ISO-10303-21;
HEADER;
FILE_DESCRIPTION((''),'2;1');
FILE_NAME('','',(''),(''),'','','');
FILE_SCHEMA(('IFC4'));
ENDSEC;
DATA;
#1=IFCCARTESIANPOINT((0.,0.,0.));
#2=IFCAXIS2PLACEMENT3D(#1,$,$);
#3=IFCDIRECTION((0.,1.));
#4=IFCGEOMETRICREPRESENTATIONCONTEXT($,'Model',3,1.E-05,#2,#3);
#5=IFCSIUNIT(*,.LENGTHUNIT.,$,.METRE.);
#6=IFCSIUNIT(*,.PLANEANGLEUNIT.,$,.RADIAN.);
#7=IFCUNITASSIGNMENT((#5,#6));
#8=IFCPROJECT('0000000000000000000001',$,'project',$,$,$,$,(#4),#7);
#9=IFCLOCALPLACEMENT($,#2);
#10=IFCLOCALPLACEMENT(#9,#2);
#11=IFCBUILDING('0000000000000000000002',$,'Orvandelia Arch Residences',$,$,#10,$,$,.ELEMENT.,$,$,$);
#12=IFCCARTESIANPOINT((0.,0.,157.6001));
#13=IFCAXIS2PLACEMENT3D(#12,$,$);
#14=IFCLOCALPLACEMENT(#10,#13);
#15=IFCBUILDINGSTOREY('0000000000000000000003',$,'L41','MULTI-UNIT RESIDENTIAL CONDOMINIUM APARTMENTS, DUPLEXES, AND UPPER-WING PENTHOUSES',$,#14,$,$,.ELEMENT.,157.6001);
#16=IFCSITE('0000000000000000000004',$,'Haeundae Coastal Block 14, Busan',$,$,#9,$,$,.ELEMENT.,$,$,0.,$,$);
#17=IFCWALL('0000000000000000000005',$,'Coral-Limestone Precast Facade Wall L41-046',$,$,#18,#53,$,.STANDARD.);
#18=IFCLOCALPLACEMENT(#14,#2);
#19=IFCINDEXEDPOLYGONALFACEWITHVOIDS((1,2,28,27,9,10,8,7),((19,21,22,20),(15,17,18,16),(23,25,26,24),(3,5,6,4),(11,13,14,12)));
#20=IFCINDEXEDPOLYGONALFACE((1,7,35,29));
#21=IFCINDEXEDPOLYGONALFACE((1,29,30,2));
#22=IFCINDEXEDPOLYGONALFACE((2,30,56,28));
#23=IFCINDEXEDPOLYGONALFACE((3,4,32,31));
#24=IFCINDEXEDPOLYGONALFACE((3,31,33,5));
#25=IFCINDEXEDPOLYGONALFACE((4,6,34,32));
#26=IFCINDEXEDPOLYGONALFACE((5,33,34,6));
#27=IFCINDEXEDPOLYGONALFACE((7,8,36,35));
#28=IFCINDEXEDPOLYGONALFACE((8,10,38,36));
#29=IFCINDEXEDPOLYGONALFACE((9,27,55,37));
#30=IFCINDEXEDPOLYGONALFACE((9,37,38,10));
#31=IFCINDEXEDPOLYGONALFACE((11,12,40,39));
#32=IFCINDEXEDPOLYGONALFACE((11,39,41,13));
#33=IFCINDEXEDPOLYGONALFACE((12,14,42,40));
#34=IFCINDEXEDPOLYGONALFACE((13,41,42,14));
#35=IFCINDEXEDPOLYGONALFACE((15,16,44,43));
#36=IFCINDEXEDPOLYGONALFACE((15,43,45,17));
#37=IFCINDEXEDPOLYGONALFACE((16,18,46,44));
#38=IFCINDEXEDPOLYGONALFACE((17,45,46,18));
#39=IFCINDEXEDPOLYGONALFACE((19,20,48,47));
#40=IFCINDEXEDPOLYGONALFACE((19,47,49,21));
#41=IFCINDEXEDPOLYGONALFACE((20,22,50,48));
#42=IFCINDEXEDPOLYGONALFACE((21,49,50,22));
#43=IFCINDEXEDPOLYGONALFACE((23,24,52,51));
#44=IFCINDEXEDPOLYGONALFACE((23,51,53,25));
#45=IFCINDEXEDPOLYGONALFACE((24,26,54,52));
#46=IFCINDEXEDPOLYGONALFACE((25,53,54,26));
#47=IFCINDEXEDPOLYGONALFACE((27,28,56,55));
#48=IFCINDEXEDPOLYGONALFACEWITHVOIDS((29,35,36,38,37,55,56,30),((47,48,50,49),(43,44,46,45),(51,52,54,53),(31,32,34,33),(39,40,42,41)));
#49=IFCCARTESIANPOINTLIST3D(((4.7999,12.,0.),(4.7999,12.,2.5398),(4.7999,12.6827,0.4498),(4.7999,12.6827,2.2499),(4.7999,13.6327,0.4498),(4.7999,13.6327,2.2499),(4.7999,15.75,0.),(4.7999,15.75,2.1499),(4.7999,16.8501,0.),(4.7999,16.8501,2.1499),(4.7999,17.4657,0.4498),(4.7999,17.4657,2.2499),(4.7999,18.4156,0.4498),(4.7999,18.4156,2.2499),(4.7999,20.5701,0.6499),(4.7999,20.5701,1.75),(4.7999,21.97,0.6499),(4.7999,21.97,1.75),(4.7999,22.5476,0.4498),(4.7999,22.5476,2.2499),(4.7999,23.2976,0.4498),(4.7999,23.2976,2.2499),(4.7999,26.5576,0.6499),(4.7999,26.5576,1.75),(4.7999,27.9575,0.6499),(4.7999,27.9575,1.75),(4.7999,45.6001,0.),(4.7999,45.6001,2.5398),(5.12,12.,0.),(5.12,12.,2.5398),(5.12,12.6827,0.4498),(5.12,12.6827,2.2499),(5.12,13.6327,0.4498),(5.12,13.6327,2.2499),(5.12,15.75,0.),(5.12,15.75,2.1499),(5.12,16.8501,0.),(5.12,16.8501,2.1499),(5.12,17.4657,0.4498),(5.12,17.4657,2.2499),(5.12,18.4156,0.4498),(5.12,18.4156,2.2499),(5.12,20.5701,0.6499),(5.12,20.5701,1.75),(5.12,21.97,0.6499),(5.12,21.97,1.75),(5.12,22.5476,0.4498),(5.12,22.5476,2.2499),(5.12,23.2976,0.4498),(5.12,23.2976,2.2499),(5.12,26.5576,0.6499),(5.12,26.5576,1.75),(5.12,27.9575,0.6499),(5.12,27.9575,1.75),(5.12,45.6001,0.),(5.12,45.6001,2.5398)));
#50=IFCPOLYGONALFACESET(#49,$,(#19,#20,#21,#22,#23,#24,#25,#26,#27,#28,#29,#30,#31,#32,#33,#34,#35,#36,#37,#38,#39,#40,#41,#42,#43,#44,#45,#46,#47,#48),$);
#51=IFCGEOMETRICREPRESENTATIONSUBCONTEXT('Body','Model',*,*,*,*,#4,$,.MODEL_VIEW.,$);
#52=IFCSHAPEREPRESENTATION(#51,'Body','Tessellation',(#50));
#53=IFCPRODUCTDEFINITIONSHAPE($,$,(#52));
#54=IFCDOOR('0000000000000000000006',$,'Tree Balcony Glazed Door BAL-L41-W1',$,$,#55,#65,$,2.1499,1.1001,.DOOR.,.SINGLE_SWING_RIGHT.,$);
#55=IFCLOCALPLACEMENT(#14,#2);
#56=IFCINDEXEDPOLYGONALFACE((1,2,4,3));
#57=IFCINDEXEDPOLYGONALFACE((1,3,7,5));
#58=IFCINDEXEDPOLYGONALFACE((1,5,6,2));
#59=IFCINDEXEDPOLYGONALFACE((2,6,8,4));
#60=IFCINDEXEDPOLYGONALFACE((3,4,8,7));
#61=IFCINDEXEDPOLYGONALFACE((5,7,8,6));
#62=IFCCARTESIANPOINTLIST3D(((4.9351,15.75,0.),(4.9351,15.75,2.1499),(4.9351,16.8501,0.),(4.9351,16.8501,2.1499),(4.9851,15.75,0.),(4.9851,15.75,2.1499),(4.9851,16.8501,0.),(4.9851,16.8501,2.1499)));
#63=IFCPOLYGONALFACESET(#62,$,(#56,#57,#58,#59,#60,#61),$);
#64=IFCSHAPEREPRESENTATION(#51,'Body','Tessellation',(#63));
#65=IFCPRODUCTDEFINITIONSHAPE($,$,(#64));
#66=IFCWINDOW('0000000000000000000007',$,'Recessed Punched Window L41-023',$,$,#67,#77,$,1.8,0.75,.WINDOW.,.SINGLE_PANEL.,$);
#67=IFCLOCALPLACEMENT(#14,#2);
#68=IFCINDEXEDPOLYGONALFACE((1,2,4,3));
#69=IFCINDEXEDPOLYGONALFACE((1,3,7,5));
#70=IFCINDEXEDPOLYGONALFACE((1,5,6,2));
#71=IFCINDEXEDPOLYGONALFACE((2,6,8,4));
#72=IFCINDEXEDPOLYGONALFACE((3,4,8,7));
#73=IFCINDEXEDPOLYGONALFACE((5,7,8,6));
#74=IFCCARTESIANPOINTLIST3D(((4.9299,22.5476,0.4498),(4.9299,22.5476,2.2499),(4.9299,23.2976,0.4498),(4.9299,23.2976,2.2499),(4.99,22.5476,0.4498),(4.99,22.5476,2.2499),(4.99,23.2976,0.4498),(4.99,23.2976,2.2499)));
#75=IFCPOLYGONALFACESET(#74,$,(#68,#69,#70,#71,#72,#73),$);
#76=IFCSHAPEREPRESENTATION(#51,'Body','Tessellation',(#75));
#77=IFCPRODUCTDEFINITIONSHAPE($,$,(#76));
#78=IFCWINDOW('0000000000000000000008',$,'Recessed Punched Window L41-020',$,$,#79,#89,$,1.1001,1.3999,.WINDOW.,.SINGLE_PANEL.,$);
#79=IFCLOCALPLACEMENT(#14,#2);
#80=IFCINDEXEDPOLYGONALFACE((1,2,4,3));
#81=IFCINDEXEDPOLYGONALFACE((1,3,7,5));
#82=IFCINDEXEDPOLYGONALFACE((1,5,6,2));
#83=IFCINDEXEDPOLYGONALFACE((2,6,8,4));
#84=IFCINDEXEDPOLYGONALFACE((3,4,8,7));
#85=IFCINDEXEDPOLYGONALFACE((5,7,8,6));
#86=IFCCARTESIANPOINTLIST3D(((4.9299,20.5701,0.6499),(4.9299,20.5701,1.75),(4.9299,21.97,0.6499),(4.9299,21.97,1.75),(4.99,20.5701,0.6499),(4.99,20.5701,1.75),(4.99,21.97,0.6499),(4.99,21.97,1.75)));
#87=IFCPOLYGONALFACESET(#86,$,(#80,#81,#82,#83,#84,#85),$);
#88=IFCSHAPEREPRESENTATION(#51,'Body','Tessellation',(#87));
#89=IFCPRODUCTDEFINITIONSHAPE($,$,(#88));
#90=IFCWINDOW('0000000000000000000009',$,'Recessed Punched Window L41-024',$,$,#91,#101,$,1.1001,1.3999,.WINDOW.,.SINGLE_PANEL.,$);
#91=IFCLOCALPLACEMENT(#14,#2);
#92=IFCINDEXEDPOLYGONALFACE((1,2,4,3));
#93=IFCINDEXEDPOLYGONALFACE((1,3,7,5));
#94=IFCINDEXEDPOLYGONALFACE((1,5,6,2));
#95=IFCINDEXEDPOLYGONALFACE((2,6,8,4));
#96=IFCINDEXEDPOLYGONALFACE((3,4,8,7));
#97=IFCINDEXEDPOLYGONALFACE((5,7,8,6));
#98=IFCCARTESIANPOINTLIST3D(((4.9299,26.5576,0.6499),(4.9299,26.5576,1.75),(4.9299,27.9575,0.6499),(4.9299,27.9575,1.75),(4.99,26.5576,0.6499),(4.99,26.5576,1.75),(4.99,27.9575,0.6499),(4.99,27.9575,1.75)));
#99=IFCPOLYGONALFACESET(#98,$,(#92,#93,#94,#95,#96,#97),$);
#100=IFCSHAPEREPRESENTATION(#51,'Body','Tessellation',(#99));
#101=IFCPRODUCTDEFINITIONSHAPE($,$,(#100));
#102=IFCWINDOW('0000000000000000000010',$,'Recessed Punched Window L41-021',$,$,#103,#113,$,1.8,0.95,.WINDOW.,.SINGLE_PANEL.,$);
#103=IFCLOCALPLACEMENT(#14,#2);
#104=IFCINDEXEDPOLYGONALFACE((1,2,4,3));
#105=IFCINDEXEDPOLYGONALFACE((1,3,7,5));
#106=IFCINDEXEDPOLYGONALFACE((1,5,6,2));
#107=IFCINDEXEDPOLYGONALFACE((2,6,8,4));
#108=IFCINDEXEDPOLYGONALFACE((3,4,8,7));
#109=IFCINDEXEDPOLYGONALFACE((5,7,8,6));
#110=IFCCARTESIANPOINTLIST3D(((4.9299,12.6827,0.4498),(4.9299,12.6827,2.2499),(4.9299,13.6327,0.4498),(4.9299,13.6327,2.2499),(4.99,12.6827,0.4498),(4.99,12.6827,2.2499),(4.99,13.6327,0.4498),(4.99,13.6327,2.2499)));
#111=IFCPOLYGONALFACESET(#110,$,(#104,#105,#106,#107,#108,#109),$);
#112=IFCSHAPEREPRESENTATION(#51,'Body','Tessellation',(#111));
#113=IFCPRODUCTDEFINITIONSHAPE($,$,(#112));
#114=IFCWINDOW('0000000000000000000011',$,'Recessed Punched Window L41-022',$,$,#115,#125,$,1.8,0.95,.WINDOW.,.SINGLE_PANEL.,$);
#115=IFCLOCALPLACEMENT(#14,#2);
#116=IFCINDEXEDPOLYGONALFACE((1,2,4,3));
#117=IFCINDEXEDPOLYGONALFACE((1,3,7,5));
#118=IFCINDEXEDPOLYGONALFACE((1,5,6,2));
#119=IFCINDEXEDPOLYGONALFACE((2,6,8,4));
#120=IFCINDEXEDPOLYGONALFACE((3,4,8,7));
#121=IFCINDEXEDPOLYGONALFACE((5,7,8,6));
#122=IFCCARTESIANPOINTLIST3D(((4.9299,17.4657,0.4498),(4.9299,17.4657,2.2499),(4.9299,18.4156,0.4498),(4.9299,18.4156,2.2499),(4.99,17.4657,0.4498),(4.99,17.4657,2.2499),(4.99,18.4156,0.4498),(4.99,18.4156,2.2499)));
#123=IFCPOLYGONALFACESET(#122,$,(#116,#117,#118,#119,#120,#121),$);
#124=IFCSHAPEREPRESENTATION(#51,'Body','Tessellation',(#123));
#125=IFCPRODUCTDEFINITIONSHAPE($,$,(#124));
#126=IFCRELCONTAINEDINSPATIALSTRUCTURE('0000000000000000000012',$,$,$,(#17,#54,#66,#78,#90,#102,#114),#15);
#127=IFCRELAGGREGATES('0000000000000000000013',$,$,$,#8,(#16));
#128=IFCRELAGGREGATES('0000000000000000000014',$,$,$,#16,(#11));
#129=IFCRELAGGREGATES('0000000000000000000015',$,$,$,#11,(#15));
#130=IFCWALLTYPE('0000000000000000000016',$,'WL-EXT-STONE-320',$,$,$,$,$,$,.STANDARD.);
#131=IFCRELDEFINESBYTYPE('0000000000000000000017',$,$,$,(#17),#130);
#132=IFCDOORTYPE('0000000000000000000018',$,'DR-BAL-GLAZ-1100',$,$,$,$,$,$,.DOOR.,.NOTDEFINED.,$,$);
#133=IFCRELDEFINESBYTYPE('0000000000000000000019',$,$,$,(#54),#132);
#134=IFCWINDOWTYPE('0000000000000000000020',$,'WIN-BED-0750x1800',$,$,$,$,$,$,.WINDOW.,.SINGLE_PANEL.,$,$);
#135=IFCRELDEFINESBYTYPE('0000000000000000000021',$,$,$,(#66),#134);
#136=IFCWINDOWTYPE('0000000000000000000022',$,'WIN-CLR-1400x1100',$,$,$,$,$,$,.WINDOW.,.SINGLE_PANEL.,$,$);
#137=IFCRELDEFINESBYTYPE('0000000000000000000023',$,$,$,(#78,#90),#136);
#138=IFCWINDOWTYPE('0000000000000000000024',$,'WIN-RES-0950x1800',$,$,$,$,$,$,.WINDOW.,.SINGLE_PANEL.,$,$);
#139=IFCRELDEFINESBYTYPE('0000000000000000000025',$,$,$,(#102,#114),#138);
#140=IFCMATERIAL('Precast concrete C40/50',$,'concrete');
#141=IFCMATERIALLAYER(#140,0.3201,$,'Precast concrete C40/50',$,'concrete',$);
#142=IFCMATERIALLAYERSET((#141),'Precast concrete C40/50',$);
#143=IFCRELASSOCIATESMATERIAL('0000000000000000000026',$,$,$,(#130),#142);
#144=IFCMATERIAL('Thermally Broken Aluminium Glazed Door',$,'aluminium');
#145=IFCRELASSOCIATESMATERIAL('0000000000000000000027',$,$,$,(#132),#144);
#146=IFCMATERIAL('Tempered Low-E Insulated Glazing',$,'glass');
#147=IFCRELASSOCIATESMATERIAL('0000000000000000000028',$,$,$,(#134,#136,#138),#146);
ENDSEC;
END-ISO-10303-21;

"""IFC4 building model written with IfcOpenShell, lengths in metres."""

from ifc_helpers import new_model, si_unit, direction, frame, frame_2d, origin, place, context, subcontext, project, spatial, rectangle, extrude, material, layer, layer_set, type_object, element, fill, save


model = new_model("IFC4")

# Units and contexts
model_context = context("Model", 3, precision=1e-05, world=origin(), true_north=direction((0.0, 1.0)))
body_context = subcontext(model_context, "Body", "Model", "MODEL_VIEW")
ifc_project = project(units=[si_unit("LENGTHUNIT", "METRE"), si_unit("PLANEANGLEUNIT", "RADIAN")], contexts=[model_context])

# Site, building, storey
site_placement = place(None, origin())
site = spatial("IfcSite", under=ifc_project, at=site_placement, Name="Haeundae Coastal Block 14, Busan", CompositionType="ELEMENT", RefElevation=0.0)
building_placement = place(site_placement, origin())
building = spatial("IfcBuilding", under=site, at=building_placement, Name="Orvandelia Arch Residences", CompositionType="ELEMENT")
storey_placement = place(building_placement, frame((0.0, 0.0, 157.6001)))
storey = spatial("IfcBuildingStorey", under=building, at=storey_placement, Name="L41", Description="MULTI-UNIT RESIDENTIAL CONDOMINIUM APARTMENTS, DUPLEXES, AND UPPER-WING PENTHOUSES", CompositionType="ELEMENT", Elevation=157.6001)

# Shared definitions
ifc_material_1 = material(Name="Precast concrete C40/50", Category="concrete")

# Shared definitions
ifc_layer_1 = layer(ifc_material_1, 0.3201, Name="Precast concrete C40/50", Category="concrete")
ifc_layer_set_1 = layer_set([ifc_layer_1], Name="Precast concrete C40/50")
wall_type_1 = type_object("IfcWallType", Name="WL-EXT-STONE-320", PredefinedType="STANDARD", material=ifc_layer_set_1)

# Wall, openings, door, windows
wall_1_placement = place(storey_placement, frame((4.96, 12.0, 0.0), z_axis=(0.0, 0.0, 1.0), x_axis=(0.0, 1.0, 0.0)))
wall_1 = element("IfcWall", 1, at=wall_1_placement, inside=storey, type_object=wall_type_1, Name="Coral-Limestone Precast Facade Wall L41-046", PredefinedType="STANDARD", context=body_context, shape_type="SweptSolid", body=[
    extrude(rectangle(XDim=33.6001, YDim=0.3201, at=frame_2d((16.8, 0.0))), origin(), (0.0, 0.0, 1.0), 2.5398),
])
opening_1_placement = place(wall_1_placement, frame((3.75, 0.0, 0.0)))
opening_1 = element("IfcOpeningElement", 2, at=opening_1_placement, cuts=wall_1, PredefinedType="OPENING", context=body_context, shape_type="SweptSolid", body=[
    extrude(rectangle(XDim=1.1001, YDim=2.1499, at=frame_2d((0.55, 1.075))), frame((0.0, 0.1699, 0.0), z_axis=(0.0, -1.0, 0.0), x_axis=(1.0, 0.0, 0.0)), (0.0, 0.0, 1.0), 0.3401),
])
opening_2_placement = place(wall_1_placement, frame((8.5701, 0.0, 0.6499)))
opening_2 = element("IfcOpeningElement", 3, at=opening_2_placement, cuts=wall_1, PredefinedType="OPENING", context=body_context, shape_type="SweptSolid", body=[
    extrude(rectangle(XDim=1.3999, YDim=1.1001, at=frame_2d((0.7, 0.55))), frame((0.0, 0.1699, 0.0), z_axis=(0.0, -1.0, 0.0), x_axis=(1.0, 0.0, 0.0)), (0.0, 0.0, 1.0), 0.3401),
])
opening_3_placement = place(wall_1_placement, frame((0.6826, 0.0, 0.45)))
opening_3 = element("IfcOpeningElement", 4, at=opening_3_placement, cuts=wall_1, PredefinedType="OPENING", context=body_context, shape_type="SweptSolid", body=[
    extrude(rectangle(XDim=0.95, YDim=1.8, at=frame_2d((0.4751, 0.8999))), frame((0.0, 0.1699, 0.0), z_axis=(0.0, -1.0, 0.0), x_axis=(1.0, 0.0, 0.0)), (0.0, 0.0, 1.0), 0.3401),
])
opening_4_placement = place(wall_1_placement, frame((5.4656, 0.0, 0.45)))
opening_4 = element("IfcOpeningElement", 5, at=opening_4_placement, cuts=wall_1, PredefinedType="OPENING", context=body_context, shape_type="SweptSolid", body=[
    extrude(rectangle(XDim=0.95, YDim=1.8, at=frame_2d((0.4751, 0.8999))), frame((0.0, 0.1699, 0.0), z_axis=(0.0, -1.0, 0.0), x_axis=(1.0, 0.0, 0.0)), (0.0, 0.0, 1.0), 0.3401),
])
opening_5_placement = place(wall_1_placement, frame((10.5476, 0.0, 0.45)))
opening_5 = element("IfcOpeningElement", 6, at=opening_5_placement, cuts=wall_1, PredefinedType="OPENING", context=body_context, shape_type="SweptSolid", body=[
    extrude(rectangle(XDim=0.75, YDim=1.8, at=frame_2d((0.375, 0.8999))), frame((0.0, 0.1699, 0.0), z_axis=(0.0, -1.0, 0.0), x_axis=(1.0, 0.0, 0.0)), (0.0, 0.0, 1.0), 0.3401),
])
opening_6_placement = place(wall_1_placement, frame((14.5576, 0.0, 0.6499)))
opening_6 = element("IfcOpeningElement", 7, at=opening_6_placement, cuts=wall_1, PredefinedType="OPENING", context=body_context, shape_type="SweptSolid", body=[
    extrude(rectangle(XDim=1.3999, YDim=1.1001, at=frame_2d((0.7, 0.55))), frame((0.0, 0.1699, 0.0), z_axis=(0.0, -1.0, 0.0), x_axis=(1.0, 0.0, 0.0)), (0.0, 0.0, 1.0), 0.3401),
])
ifc_material_2 = material(Name="Thermally Broken Aluminium Glazed Door", Category="aluminium")
door_type_1 = type_object("IfcDoorType", Name="DR-BAL-GLAZ-1100", OperationType="NOTDEFINED", PredefinedType="DOOR", material=ifc_material_2)
door_1_placement = place(opening_1_placement, origin())
door_1 = element("IfcDoor", 8, at=door_1_placement, inside=storey, type_object=door_type_1, Name="Tree Balcony Glazed Door BAL-L41-W1", OperationType="SINGLE_SWING_RIGHT", OverallHeight=2.1499, OverallWidth=1.1001, PredefinedType="DOOR", context=body_context, shape_type="SweptSolid", body=[
    extrude(rectangle(XDim=1.1001, YDim=2.1499, at=frame_2d((0.55, 1.075))), frame((0.0, 0.0249, 0.0), z_axis=(0.0, -1.0, 0.0), x_axis=(1.0, 0.0, 0.0)), (0.0, 0.0, 1.0), 0.05),
])
fill(opening_1, door_1)
ifc_material_3 = material(Name="Tempered Low-E Insulated Glazing", Category="glass")
window_type_1 = type_object("IfcWindowType", Name="WIN-BED-0750x1800", PartitioningType="SINGLE_PANEL", PredefinedType="WINDOW", material=ifc_material_3)
window_1_placement = place(opening_5_placement, origin())
window_1 = element("IfcWindow", 9, at=window_1_placement, inside=storey, type_object=window_type_1, Name="Recessed Punched Window L41-023", OverallHeight=1.8, OverallWidth=0.75, PartitioningType="SINGLE_PANEL", PredefinedType="WINDOW", context=body_context, shape_type="SweptSolid", body=[
    extrude(rectangle(XDim=0.75, YDim=1.8, at=frame_2d((0.375, 0.8999))), frame((0.0, 0.03, 0.0), z_axis=(0.0, -1.0, 0.0), x_axis=(1.0, 0.0, 0.0)), (0.0, 0.0, 1.0), 0.0601),
])
fill(opening_5, window_1)
window_type_2 = type_object("IfcWindowType", Name="WIN-CLR-1400x1100", PartitioningType="SINGLE_PANEL", PredefinedType="WINDOW", material=ifc_material_3)
window_2_placement = place(opening_2_placement, origin())
window_2 = element("IfcWindow", 10, at=window_2_placement, inside=storey, type_object=window_type_2, Name="Recessed Punched Window L41-020", OverallHeight=1.1001, OverallWidth=1.3999, PartitioningType="SINGLE_PANEL", PredefinedType="WINDOW", context=body_context, shape_type="SweptSolid", body=[
    extrude(rectangle(XDim=1.3999, YDim=1.1001, at=frame_2d((0.7, 0.55))), frame((0.0, 0.03, 0.0), z_axis=(0.0, -1.0, 0.0), x_axis=(1.0, 0.0, 0.0)), (0.0, 0.0, 1.0), 0.0601),
])
fill(opening_2, window_2)
window_3_placement = place(opening_6_placement, origin())
window_3 = element("IfcWindow", 11, at=window_3_placement, inside=storey, type_object=window_type_2, Name="Recessed Punched Window L41-024", OverallHeight=1.1001, OverallWidth=1.3999, PartitioningType="SINGLE_PANEL", PredefinedType="WINDOW", context=body_context, shape_type="SweptSolid", body=[
    extrude(rectangle(XDim=1.3999, YDim=1.1001, at=frame_2d((0.7, 0.55))), frame((0.0, 0.03, 0.0), z_axis=(0.0, -1.0, 0.0), x_axis=(1.0, 0.0, 0.0)), (0.0, 0.0, 1.0), 0.0601),
])
fill(opening_6, window_3)
window_type_3 = type_object("IfcWindowType", Name="WIN-RES-0950x1800", PartitioningType="SINGLE_PANEL", PredefinedType="WINDOW", material=ifc_material_3)
window_4_placement = place(opening_3_placement, origin())
window_4 = element("IfcWindow", 12, at=window_4_placement, inside=storey, type_object=window_type_3, Name="Recessed Punched Window L41-021", OverallHeight=1.8, OverallWidth=0.95, PartitioningType="SINGLE_PANEL", PredefinedType="WINDOW", context=body_context, shape_type="SweptSolid", body=[
    extrude(rectangle(XDim=0.95, YDim=1.8, at=frame_2d((0.4751, 0.8999))), frame((0.0, 0.03, 0.0), z_axis=(0.0, -1.0, 0.0), x_axis=(1.0, 0.0, 0.0)), (0.0, 0.0, 1.0), 0.0601),
])
fill(opening_3, window_4)
window_5_placement = place(opening_4_placement, origin())
window_5 = element("IfcWindow", 13, at=window_5_placement, inside=storey, type_object=window_type_3, Name="Recessed Punched Window L41-022", OverallHeight=1.8, OverallWidth=0.95, PartitioningType="SINGLE_PANEL", PredefinedType="WINDOW", context=body_context, shape_type="SweptSolid", body=[
    extrude(rectangle(XDim=0.95, YDim=1.8, at=frame_2d((0.4751, 0.8999))), frame((0.0, 0.03, 0.0), z_axis=(0.0, -1.0, 0.0), x_axis=(1.0, 0.0, 0.0)), (0.0, 0.0, 1.0), 0.0601),
])
fill(opening_4, window_5)

save(model, "model.ifc")
